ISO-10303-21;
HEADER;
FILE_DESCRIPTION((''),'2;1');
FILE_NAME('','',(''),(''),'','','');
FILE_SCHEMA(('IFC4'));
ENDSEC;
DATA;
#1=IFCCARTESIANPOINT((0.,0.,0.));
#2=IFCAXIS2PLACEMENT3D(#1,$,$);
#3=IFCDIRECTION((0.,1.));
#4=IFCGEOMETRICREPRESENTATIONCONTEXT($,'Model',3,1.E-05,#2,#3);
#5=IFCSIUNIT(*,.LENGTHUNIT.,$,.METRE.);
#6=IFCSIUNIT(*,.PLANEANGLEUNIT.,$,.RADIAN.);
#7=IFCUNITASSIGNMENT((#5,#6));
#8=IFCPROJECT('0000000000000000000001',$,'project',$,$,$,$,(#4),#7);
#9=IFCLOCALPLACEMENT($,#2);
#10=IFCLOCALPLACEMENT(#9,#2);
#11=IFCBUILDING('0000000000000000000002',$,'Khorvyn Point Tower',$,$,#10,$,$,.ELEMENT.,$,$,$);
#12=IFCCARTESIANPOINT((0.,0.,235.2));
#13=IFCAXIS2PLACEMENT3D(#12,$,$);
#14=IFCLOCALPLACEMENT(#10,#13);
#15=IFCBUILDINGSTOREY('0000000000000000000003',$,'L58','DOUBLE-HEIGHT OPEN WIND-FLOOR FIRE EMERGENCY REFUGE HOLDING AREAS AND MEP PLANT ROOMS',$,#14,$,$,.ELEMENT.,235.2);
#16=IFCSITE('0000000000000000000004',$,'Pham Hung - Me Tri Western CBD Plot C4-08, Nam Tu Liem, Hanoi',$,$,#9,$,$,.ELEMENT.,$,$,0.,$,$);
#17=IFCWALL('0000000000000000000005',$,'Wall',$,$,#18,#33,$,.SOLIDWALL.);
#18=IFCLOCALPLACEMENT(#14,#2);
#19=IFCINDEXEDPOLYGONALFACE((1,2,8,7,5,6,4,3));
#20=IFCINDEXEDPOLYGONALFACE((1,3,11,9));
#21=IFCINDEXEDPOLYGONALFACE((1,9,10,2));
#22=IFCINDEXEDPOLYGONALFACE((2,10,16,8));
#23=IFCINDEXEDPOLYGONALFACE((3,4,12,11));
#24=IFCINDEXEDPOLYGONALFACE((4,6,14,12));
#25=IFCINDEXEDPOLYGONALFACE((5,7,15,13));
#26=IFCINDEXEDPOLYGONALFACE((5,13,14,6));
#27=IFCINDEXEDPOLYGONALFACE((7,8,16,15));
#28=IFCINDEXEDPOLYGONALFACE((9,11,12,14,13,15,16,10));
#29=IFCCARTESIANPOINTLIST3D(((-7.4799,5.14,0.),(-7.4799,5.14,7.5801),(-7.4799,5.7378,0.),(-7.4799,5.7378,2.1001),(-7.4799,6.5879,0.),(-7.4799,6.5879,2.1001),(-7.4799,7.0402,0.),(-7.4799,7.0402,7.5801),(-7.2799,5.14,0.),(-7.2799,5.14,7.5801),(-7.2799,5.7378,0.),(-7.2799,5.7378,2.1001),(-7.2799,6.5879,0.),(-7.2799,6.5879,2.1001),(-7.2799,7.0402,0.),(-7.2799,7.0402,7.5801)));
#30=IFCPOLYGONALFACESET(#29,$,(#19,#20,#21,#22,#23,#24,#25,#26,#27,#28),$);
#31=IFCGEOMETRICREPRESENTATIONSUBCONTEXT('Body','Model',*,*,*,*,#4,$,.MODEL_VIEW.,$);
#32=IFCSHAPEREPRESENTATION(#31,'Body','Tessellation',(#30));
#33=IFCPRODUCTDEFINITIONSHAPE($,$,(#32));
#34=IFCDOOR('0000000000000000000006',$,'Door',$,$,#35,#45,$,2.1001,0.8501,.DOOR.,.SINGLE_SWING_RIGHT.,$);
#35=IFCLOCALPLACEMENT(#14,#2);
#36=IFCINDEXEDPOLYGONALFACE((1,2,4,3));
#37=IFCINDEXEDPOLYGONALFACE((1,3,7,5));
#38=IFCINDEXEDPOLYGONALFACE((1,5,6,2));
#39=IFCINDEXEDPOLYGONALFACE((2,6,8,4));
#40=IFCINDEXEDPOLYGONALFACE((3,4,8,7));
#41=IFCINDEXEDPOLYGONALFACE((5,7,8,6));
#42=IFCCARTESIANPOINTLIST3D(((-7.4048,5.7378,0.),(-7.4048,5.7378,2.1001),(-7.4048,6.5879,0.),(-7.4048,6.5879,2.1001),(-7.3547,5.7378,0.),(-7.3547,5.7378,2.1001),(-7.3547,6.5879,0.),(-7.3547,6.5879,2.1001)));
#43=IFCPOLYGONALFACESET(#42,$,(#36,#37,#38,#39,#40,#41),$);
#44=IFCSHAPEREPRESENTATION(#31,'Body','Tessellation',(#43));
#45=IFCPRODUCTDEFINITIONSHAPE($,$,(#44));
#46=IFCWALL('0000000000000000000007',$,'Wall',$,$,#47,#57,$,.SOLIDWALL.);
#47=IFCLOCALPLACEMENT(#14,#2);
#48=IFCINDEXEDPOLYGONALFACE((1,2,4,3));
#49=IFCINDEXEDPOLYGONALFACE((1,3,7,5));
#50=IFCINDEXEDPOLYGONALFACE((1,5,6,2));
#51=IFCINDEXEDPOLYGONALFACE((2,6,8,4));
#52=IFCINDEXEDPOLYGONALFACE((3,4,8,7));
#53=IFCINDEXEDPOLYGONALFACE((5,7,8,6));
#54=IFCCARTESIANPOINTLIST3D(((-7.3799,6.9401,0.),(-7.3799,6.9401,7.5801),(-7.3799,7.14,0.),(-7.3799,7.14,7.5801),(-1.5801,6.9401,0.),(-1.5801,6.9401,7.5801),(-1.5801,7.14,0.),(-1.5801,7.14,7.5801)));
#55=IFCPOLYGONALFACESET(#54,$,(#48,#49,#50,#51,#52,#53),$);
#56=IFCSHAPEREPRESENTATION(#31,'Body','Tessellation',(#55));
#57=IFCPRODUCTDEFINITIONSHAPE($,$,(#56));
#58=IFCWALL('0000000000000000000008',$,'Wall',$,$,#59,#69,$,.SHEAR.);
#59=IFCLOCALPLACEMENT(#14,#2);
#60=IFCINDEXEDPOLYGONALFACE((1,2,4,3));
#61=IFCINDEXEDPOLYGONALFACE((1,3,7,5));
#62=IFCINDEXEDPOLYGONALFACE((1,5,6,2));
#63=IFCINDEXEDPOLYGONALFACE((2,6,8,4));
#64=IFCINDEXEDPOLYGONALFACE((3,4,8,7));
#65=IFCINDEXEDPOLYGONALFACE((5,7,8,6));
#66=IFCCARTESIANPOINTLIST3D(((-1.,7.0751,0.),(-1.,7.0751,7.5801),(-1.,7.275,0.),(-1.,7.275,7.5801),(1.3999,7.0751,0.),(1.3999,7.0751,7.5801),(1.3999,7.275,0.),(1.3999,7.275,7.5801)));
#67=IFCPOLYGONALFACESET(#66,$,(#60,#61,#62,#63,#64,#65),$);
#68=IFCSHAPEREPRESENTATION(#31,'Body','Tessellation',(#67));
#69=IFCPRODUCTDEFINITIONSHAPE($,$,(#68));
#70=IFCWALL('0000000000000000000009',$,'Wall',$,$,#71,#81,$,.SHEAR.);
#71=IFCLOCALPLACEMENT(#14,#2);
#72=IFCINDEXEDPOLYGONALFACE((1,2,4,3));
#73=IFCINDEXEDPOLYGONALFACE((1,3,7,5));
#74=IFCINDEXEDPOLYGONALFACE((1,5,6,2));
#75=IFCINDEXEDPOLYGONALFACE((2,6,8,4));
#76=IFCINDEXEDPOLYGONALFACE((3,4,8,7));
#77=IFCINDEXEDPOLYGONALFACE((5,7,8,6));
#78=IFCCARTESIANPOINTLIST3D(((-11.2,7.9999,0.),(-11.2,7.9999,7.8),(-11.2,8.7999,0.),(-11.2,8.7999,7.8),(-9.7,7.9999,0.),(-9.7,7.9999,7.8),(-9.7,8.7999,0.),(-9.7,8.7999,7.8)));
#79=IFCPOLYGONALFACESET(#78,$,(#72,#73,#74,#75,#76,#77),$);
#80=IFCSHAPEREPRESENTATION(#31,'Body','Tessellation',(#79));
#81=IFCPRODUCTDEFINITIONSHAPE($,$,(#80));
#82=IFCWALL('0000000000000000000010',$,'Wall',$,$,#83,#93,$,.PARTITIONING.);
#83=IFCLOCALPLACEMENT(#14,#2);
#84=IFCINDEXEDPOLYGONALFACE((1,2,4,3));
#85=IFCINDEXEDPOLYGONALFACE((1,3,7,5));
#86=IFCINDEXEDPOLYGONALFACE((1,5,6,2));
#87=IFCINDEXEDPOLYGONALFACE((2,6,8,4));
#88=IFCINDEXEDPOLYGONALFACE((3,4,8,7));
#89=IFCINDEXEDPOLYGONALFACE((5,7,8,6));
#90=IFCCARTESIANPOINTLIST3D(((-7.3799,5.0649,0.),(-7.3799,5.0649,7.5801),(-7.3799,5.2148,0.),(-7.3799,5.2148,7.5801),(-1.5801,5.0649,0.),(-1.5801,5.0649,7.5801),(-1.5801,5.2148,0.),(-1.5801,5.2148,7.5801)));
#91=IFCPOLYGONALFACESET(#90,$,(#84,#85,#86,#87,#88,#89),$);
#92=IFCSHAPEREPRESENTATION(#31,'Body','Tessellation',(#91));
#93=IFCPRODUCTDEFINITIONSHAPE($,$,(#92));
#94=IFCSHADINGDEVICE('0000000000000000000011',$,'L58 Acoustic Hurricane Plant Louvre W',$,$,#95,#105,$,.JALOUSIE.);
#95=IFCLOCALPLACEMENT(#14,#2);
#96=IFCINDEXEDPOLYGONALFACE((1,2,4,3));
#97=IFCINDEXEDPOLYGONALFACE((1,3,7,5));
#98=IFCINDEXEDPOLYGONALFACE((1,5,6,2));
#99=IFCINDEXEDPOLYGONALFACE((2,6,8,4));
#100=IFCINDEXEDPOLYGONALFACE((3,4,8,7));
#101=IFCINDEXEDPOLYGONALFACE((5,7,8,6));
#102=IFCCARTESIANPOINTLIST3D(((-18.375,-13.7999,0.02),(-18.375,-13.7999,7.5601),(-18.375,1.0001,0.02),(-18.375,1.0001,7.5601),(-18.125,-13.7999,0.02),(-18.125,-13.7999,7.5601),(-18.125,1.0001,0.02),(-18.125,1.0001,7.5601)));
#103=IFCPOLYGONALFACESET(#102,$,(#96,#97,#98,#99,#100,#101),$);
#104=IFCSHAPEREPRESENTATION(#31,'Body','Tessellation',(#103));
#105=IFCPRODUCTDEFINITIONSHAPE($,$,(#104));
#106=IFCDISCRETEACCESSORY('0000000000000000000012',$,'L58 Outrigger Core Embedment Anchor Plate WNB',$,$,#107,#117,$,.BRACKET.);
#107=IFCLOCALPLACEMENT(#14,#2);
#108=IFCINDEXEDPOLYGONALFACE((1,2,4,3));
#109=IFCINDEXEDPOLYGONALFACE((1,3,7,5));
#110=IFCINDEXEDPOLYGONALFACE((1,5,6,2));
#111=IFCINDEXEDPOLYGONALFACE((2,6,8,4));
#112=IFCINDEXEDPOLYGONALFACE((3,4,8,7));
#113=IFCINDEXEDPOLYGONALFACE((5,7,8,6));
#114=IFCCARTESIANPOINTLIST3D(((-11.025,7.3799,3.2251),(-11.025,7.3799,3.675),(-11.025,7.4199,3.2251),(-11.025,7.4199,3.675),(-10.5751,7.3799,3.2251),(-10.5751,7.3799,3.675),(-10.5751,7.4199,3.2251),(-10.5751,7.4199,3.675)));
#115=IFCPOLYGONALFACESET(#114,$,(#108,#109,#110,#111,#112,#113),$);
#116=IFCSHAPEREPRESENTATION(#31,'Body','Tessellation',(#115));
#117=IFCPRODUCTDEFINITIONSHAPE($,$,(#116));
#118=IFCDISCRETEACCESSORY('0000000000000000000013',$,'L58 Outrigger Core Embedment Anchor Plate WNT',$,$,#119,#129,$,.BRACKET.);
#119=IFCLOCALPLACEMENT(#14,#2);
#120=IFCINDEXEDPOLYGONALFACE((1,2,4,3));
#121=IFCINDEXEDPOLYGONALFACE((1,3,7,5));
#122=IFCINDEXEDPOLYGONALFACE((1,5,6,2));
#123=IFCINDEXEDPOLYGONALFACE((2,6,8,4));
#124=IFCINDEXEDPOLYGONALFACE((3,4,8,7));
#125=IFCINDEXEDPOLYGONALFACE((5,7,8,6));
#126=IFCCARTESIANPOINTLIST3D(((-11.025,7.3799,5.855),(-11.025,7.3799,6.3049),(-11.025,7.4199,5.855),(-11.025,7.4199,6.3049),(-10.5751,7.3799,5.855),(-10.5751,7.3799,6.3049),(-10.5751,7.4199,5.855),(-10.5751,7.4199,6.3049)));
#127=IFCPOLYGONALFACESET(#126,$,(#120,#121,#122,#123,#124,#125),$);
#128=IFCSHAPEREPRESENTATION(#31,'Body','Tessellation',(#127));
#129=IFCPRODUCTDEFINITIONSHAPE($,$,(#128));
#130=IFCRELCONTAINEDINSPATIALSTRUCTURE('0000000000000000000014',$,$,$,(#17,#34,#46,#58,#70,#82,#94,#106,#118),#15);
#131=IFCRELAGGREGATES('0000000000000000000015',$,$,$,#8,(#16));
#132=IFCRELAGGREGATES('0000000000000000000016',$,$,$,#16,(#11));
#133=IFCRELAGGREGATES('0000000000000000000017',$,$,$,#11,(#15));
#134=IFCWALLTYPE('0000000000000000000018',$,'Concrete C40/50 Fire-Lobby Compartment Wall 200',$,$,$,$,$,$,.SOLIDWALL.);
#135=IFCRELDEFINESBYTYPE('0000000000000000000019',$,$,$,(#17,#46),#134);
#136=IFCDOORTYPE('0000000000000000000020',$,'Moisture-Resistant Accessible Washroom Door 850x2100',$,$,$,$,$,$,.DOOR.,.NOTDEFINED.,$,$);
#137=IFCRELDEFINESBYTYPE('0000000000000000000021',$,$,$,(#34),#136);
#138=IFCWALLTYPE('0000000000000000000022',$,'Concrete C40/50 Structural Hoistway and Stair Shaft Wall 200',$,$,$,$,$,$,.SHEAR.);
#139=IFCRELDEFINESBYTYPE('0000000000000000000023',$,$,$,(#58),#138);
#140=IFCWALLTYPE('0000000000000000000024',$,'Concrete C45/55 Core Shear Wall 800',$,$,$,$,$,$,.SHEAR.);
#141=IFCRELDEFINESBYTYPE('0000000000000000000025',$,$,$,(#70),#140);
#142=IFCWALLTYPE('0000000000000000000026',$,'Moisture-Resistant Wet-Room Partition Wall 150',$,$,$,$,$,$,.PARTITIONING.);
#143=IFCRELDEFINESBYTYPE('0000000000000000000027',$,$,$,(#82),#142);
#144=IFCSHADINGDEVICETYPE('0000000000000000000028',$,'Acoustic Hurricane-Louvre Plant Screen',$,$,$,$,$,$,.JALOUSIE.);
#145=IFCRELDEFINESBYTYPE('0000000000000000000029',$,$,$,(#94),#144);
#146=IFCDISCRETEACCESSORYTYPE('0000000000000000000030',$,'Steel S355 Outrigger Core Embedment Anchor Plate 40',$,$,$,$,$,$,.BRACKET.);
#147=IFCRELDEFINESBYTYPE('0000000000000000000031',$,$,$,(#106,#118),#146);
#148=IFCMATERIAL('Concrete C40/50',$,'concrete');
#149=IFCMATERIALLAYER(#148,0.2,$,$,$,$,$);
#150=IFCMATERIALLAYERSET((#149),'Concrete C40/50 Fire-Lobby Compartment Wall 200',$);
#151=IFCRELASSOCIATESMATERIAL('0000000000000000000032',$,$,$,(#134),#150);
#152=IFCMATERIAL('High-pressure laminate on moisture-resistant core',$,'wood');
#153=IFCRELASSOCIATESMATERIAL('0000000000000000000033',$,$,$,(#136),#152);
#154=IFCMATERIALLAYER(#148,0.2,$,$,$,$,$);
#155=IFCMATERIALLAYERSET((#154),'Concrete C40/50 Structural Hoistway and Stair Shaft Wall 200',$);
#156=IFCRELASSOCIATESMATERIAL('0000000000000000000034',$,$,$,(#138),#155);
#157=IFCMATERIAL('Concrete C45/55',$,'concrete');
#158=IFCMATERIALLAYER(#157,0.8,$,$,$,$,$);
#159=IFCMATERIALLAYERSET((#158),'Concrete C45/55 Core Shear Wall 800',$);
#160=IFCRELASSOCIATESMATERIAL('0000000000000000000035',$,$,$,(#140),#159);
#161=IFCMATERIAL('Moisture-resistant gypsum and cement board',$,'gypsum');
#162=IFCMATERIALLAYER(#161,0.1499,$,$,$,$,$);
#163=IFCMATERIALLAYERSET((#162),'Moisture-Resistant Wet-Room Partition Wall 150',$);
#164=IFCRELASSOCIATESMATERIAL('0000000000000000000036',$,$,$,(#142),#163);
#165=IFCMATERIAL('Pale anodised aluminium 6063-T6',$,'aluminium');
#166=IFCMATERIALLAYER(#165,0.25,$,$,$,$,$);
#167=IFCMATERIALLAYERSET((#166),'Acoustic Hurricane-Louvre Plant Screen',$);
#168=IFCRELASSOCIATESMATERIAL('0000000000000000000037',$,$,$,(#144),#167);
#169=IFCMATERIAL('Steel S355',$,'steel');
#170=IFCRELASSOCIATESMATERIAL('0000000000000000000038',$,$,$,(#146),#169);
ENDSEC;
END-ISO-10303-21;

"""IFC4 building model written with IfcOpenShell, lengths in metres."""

from ifc_helpers import new_model, si_unit, direction, frame, frame_2d, origin, origin_2d, place, context, subcontext, project, spatial, rectangle, extrude, material, layer, layer_set, type_object, element, fill, save


model = new_model("IFC4")

# Units and contexts
model_context = context("Model", 3, precision=1e-05, world=origin(), true_north=direction((0.0, 1.0)))
body_context = subcontext(model_context, "Body", "Model", "MODEL_VIEW")
ifc_project = project(units=[si_unit("LENGTHUNIT", "METRE"), si_unit("PLANEANGLEUNIT", "RADIAN")], contexts=[model_context])

# Site, building, storey
site_placement = place(None, origin())
site = spatial("IfcSite", under=ifc_project, at=site_placement, Name="Pham Hung - Me Tri Western CBD Plot C4-08, Nam Tu Liem, Hanoi", CompositionType="ELEMENT", RefElevation=0.0)
building_placement = place(site_placement, origin())
building = spatial("IfcBuilding", under=site, at=building_placement, Name="Khorvyn Point Tower", CompositionType="ELEMENT")
storey_placement = place(building_placement, frame((0.0, 0.0, 235.2)))
storey = spatial("IfcBuildingStorey", under=building, at=storey_placement, Name="L58", Description="DOUBLE-HEIGHT OPEN WIND-FLOOR FIRE EMERGENCY REFUGE HOLDING AREAS AND MEP PLANT ROOMS", CompositionType="ELEMENT", Elevation=235.2)

# Shared definitions
ifc_material_1 = material(Name="Concrete C45/55", Category="concrete")

# Shared definitions
ifc_material_2 = material(Name="Steel S355", Category="steel")

# Wall, opening, door
ifc_material_3 = material(Name="Concrete C40/50", Category="concrete")
ifc_layer_1 = layer(ifc_material_3, 0.2)
ifc_layer_set_1 = layer_set([ifc_layer_1], Name="Concrete C40/50 Fire-Lobby Compartment Wall 200")
wall_type_1 = type_object("IfcWallType", Name="Concrete C40/50 Fire-Lobby Compartment Wall 200", PredefinedType="SOLIDWALL", material=ifc_layer_set_1)
wall_1_placement = place(storey_placement, frame((-7.3799, 5.1399, 0.0), z_axis=(0.0, 0.0, 1.0), x_axis=(0.0, 1.0, 0.0)))
wall_1 = element("IfcWall", 1, at=wall_1_placement, inside=storey, type_object=wall_type_1, Name="Wall", PredefinedType="SOLIDWALL", context=body_context, shape_type="SweptSolid", body=[
    extrude(rectangle(XDim=1.9001, YDim=0.2, at=frame_2d((0.9502, 0.0))), origin(), (0.0, 0.0, 1.0), 7.5801),
])
opening_1_placement = place(wall_1_placement, frame((0.5979, 0.0, 0.0)))
opening_1 = element("IfcOpeningElement", 2, at=opening_1_placement, cuts=wall_1, PredefinedType="OPENING", context=body_context, shape_type="SweptSolid", body=[
    extrude(rectangle(XDim=0.8501, YDim=2.1001, at=frame_2d((0.425, 1.05))), frame((0.0, 0.1099, 0.0), z_axis=(0.0, -1.0, 0.0), x_axis=(1.0, 0.0, 0.0)), (0.0, 0.0, 1.0), 0.22),
])
ifc_material_4 = material(Name="High-pressure laminate on moisture-resistant core", Category="wood")
door_type_1 = type_object("IfcDoorType", Name="Moisture-Resistant Accessible Washroom Door 850x2100", OperationType="NOTDEFINED", PredefinedType="DOOR", material=ifc_material_4)
door_1_placement = place(opening_1_placement, origin())
door_1 = element("IfcDoor", 3, at=door_1_placement, inside=storey, type_object=door_type_1, Name="Door", OperationType="SINGLE_SWING_RIGHT", OverallHeight=2.1001, OverallWidth=0.8501, PredefinedType="DOOR", context=body_context, shape_type="SweptSolid", body=[
    extrude(rectangle(XDim=0.8501, YDim=2.1001, at=frame_2d((0.425, 1.05))), frame((0.0, 0.0249, 0.0), z_axis=(0.0, -1.0, 0.0), x_axis=(1.0, 0.0, 0.0)), (0.0, 0.0, 1.0), 0.05),
])
fill(opening_1, door_1)

# Walls
wall_2_placement = place(storey_placement, frame((-7.3799, 7.04, 0.0), z_axis=(0.0, 0.0, 1.0), x_axis=(1.0, 0.0, 0.0)))
element("IfcWall", 4, at=wall_2_placement, inside=storey, type_object=wall_type_1, Name="Wall", PredefinedType="SOLIDWALL", context=body_context, shape_type="SweptSolid", body=[
    extrude(rectangle(XDim=5.7998, YDim=0.2, at=frame_2d((2.8999, 0.0))), origin(), (0.0, 0.0, 1.0), 7.5801),
])
ifc_layer_2 = layer(ifc_material_3, 0.2)
ifc_layer_set_2 = layer_set([ifc_layer_2], Name="Concrete C40/50 Structural Hoistway and Stair Shaft Wall 200")
wall_type_2 = type_object("IfcWallType", Name="Concrete C40/50 Structural Hoistway and Stair Shaft Wall 200", PredefinedType="SHEAR", material=ifc_layer_set_2)
wall_3_placement = place(storey_placement, frame((-1.0, 7.175, 0.0), z_axis=(0.0, 0.0, 1.0), x_axis=(1.0, 0.0, 0.0)))
element("IfcWall", 5, at=wall_3_placement, inside=storey, type_object=wall_type_2, Name="Wall", PredefinedType="SHEAR", context=body_context, shape_type="SweptSolid", body=[
    extrude(rectangle(XDim=2.3999, YDim=0.2, at=frame_2d((1.2, 0.0))), origin(), (0.0, 0.0, 1.0), 7.5801),
])
ifc_layer_3 = layer(ifc_material_1, 0.8)
ifc_layer_set_3 = layer_set([ifc_layer_3], Name="Concrete C45/55 Core Shear Wall 800")
wall_type_3 = type_object("IfcWallType", Name="Concrete C45/55 Core Shear Wall 800", PredefinedType="SHEAR", material=ifc_layer_set_3)
wall_4_placement = place(storey_placement, frame((-11.2, 8.3999, 0.0), z_axis=(0.0, 0.0, 1.0), x_axis=(1.0, 0.0, 0.0)))
element("IfcWall", 6, at=wall_4_placement, inside=storey, type_object=wall_type_3, Name="Wall", PredefinedType="SHEAR", context=body_context, shape_type="SweptSolid", body=[
    extrude(rectangle(XDim=1.5, YDim=0.8, at=frame_2d((0.75, 0.0))), origin(), (0.0, 0.0, 1.0), 7.8),
])
ifc_material_5 = material(Name="Moisture-resistant gypsum and cement board", Category="gypsum")
ifc_layer_4 = layer(ifc_material_5, 0.1499)
ifc_layer_set_4 = layer_set([ifc_layer_4], Name="Moisture-Resistant Wet-Room Partition Wall 150")
wall_type_4 = type_object("IfcWallType", Name="Moisture-Resistant Wet-Room Partition Wall 150", PredefinedType="PARTITIONING", material=ifc_layer_set_4)
wall_5_placement = place(storey_placement, frame((-7.3799, 5.1399, 0.0), z_axis=(0.0, 0.0, 1.0), x_axis=(1.0, 0.0, 0.0)))
element("IfcWall", 7, at=wall_5_placement, inside=storey, type_object=wall_type_4, Name="Wall", PredefinedType="PARTITIONING", context=body_context, shape_type="SweptSolid", body=[
    extrude(rectangle(XDim=5.7998, YDim=0.1499, at=frame_2d((2.8999, 0.0))), origin(), (0.0, 0.0, 1.0), 7.5801),
])

# Shading device
ifc_material_6 = material(Name="Pale anodised aluminium 6063-T6", Category="aluminium")
ifc_layer_5 = layer(ifc_material_6, 0.25)
ifc_layer_set_5 = layer_set([ifc_layer_5], Name="Acoustic Hurricane-Louvre Plant Screen")
shading_device_type = type_object("IfcShadingDeviceType", Name="Acoustic Hurricane-Louvre Plant Screen", PredefinedType="JALOUSIE", material=ifc_layer_set_5)
shading_device_placement = place(storey_placement, frame((-18.25, -6.3999, 0.02), z_axis=(0.0, 0.0, 1.0), x_axis=(1.0, 0.0, 0.0)))
element("IfcShadingDevice", 8, at=shading_device_placement, inside=storey, type_object=shading_device_type, Name="L58 Acoustic Hurricane Plant Louvre W", PredefinedType="JALOUSIE", context=body_context, shape_type="SweptSolid", body=[
    extrude(rectangle(XDim=0.25, YDim=14.8, at=origin_2d()), origin(), (0.0, 0.0, 1.0), 7.54),
])

# Discrete accessories
discrete_accessory_type = type_object("IfcDiscreteAccessoryType", Name="Steel S355 Outrigger Core Embedment Anchor Plate 40", PredefinedType="BRACKET", material=ifc_material_2)
for number, where, z_axis, x_axis, name in (
    (9, (-10.8, 7.3999, 3.2251), (0.0, 0.0, 1.0), (1.0, 0.0, 0.0), "L58 Outrigger Core Embedment Anchor Plate WNB"),
    (10, (-10.8, 7.3999, 5.855), (0.0, 0.0, 1.0), (1.0, 0.0, 0.0), "L58 Outrigger Core Embedment Anchor Plate WNT"),
):
    element("IfcDiscreteAccessory", number, at=place(storey_placement, frame(where, z_axis=z_axis, x_axis=x_axis)), inside=storey, type_object=discrete_accessory_type, Name=name, PredefinedType="BRACKET", context=body_context, shape_type="SweptSolid", body=[
        extrude(rectangle(XDim=0.45, YDim=0.04, at=origin_2d()), origin(), (0.0, 0.0, 1.0), 0.45),
    ])

save(model, "model.ifc")
